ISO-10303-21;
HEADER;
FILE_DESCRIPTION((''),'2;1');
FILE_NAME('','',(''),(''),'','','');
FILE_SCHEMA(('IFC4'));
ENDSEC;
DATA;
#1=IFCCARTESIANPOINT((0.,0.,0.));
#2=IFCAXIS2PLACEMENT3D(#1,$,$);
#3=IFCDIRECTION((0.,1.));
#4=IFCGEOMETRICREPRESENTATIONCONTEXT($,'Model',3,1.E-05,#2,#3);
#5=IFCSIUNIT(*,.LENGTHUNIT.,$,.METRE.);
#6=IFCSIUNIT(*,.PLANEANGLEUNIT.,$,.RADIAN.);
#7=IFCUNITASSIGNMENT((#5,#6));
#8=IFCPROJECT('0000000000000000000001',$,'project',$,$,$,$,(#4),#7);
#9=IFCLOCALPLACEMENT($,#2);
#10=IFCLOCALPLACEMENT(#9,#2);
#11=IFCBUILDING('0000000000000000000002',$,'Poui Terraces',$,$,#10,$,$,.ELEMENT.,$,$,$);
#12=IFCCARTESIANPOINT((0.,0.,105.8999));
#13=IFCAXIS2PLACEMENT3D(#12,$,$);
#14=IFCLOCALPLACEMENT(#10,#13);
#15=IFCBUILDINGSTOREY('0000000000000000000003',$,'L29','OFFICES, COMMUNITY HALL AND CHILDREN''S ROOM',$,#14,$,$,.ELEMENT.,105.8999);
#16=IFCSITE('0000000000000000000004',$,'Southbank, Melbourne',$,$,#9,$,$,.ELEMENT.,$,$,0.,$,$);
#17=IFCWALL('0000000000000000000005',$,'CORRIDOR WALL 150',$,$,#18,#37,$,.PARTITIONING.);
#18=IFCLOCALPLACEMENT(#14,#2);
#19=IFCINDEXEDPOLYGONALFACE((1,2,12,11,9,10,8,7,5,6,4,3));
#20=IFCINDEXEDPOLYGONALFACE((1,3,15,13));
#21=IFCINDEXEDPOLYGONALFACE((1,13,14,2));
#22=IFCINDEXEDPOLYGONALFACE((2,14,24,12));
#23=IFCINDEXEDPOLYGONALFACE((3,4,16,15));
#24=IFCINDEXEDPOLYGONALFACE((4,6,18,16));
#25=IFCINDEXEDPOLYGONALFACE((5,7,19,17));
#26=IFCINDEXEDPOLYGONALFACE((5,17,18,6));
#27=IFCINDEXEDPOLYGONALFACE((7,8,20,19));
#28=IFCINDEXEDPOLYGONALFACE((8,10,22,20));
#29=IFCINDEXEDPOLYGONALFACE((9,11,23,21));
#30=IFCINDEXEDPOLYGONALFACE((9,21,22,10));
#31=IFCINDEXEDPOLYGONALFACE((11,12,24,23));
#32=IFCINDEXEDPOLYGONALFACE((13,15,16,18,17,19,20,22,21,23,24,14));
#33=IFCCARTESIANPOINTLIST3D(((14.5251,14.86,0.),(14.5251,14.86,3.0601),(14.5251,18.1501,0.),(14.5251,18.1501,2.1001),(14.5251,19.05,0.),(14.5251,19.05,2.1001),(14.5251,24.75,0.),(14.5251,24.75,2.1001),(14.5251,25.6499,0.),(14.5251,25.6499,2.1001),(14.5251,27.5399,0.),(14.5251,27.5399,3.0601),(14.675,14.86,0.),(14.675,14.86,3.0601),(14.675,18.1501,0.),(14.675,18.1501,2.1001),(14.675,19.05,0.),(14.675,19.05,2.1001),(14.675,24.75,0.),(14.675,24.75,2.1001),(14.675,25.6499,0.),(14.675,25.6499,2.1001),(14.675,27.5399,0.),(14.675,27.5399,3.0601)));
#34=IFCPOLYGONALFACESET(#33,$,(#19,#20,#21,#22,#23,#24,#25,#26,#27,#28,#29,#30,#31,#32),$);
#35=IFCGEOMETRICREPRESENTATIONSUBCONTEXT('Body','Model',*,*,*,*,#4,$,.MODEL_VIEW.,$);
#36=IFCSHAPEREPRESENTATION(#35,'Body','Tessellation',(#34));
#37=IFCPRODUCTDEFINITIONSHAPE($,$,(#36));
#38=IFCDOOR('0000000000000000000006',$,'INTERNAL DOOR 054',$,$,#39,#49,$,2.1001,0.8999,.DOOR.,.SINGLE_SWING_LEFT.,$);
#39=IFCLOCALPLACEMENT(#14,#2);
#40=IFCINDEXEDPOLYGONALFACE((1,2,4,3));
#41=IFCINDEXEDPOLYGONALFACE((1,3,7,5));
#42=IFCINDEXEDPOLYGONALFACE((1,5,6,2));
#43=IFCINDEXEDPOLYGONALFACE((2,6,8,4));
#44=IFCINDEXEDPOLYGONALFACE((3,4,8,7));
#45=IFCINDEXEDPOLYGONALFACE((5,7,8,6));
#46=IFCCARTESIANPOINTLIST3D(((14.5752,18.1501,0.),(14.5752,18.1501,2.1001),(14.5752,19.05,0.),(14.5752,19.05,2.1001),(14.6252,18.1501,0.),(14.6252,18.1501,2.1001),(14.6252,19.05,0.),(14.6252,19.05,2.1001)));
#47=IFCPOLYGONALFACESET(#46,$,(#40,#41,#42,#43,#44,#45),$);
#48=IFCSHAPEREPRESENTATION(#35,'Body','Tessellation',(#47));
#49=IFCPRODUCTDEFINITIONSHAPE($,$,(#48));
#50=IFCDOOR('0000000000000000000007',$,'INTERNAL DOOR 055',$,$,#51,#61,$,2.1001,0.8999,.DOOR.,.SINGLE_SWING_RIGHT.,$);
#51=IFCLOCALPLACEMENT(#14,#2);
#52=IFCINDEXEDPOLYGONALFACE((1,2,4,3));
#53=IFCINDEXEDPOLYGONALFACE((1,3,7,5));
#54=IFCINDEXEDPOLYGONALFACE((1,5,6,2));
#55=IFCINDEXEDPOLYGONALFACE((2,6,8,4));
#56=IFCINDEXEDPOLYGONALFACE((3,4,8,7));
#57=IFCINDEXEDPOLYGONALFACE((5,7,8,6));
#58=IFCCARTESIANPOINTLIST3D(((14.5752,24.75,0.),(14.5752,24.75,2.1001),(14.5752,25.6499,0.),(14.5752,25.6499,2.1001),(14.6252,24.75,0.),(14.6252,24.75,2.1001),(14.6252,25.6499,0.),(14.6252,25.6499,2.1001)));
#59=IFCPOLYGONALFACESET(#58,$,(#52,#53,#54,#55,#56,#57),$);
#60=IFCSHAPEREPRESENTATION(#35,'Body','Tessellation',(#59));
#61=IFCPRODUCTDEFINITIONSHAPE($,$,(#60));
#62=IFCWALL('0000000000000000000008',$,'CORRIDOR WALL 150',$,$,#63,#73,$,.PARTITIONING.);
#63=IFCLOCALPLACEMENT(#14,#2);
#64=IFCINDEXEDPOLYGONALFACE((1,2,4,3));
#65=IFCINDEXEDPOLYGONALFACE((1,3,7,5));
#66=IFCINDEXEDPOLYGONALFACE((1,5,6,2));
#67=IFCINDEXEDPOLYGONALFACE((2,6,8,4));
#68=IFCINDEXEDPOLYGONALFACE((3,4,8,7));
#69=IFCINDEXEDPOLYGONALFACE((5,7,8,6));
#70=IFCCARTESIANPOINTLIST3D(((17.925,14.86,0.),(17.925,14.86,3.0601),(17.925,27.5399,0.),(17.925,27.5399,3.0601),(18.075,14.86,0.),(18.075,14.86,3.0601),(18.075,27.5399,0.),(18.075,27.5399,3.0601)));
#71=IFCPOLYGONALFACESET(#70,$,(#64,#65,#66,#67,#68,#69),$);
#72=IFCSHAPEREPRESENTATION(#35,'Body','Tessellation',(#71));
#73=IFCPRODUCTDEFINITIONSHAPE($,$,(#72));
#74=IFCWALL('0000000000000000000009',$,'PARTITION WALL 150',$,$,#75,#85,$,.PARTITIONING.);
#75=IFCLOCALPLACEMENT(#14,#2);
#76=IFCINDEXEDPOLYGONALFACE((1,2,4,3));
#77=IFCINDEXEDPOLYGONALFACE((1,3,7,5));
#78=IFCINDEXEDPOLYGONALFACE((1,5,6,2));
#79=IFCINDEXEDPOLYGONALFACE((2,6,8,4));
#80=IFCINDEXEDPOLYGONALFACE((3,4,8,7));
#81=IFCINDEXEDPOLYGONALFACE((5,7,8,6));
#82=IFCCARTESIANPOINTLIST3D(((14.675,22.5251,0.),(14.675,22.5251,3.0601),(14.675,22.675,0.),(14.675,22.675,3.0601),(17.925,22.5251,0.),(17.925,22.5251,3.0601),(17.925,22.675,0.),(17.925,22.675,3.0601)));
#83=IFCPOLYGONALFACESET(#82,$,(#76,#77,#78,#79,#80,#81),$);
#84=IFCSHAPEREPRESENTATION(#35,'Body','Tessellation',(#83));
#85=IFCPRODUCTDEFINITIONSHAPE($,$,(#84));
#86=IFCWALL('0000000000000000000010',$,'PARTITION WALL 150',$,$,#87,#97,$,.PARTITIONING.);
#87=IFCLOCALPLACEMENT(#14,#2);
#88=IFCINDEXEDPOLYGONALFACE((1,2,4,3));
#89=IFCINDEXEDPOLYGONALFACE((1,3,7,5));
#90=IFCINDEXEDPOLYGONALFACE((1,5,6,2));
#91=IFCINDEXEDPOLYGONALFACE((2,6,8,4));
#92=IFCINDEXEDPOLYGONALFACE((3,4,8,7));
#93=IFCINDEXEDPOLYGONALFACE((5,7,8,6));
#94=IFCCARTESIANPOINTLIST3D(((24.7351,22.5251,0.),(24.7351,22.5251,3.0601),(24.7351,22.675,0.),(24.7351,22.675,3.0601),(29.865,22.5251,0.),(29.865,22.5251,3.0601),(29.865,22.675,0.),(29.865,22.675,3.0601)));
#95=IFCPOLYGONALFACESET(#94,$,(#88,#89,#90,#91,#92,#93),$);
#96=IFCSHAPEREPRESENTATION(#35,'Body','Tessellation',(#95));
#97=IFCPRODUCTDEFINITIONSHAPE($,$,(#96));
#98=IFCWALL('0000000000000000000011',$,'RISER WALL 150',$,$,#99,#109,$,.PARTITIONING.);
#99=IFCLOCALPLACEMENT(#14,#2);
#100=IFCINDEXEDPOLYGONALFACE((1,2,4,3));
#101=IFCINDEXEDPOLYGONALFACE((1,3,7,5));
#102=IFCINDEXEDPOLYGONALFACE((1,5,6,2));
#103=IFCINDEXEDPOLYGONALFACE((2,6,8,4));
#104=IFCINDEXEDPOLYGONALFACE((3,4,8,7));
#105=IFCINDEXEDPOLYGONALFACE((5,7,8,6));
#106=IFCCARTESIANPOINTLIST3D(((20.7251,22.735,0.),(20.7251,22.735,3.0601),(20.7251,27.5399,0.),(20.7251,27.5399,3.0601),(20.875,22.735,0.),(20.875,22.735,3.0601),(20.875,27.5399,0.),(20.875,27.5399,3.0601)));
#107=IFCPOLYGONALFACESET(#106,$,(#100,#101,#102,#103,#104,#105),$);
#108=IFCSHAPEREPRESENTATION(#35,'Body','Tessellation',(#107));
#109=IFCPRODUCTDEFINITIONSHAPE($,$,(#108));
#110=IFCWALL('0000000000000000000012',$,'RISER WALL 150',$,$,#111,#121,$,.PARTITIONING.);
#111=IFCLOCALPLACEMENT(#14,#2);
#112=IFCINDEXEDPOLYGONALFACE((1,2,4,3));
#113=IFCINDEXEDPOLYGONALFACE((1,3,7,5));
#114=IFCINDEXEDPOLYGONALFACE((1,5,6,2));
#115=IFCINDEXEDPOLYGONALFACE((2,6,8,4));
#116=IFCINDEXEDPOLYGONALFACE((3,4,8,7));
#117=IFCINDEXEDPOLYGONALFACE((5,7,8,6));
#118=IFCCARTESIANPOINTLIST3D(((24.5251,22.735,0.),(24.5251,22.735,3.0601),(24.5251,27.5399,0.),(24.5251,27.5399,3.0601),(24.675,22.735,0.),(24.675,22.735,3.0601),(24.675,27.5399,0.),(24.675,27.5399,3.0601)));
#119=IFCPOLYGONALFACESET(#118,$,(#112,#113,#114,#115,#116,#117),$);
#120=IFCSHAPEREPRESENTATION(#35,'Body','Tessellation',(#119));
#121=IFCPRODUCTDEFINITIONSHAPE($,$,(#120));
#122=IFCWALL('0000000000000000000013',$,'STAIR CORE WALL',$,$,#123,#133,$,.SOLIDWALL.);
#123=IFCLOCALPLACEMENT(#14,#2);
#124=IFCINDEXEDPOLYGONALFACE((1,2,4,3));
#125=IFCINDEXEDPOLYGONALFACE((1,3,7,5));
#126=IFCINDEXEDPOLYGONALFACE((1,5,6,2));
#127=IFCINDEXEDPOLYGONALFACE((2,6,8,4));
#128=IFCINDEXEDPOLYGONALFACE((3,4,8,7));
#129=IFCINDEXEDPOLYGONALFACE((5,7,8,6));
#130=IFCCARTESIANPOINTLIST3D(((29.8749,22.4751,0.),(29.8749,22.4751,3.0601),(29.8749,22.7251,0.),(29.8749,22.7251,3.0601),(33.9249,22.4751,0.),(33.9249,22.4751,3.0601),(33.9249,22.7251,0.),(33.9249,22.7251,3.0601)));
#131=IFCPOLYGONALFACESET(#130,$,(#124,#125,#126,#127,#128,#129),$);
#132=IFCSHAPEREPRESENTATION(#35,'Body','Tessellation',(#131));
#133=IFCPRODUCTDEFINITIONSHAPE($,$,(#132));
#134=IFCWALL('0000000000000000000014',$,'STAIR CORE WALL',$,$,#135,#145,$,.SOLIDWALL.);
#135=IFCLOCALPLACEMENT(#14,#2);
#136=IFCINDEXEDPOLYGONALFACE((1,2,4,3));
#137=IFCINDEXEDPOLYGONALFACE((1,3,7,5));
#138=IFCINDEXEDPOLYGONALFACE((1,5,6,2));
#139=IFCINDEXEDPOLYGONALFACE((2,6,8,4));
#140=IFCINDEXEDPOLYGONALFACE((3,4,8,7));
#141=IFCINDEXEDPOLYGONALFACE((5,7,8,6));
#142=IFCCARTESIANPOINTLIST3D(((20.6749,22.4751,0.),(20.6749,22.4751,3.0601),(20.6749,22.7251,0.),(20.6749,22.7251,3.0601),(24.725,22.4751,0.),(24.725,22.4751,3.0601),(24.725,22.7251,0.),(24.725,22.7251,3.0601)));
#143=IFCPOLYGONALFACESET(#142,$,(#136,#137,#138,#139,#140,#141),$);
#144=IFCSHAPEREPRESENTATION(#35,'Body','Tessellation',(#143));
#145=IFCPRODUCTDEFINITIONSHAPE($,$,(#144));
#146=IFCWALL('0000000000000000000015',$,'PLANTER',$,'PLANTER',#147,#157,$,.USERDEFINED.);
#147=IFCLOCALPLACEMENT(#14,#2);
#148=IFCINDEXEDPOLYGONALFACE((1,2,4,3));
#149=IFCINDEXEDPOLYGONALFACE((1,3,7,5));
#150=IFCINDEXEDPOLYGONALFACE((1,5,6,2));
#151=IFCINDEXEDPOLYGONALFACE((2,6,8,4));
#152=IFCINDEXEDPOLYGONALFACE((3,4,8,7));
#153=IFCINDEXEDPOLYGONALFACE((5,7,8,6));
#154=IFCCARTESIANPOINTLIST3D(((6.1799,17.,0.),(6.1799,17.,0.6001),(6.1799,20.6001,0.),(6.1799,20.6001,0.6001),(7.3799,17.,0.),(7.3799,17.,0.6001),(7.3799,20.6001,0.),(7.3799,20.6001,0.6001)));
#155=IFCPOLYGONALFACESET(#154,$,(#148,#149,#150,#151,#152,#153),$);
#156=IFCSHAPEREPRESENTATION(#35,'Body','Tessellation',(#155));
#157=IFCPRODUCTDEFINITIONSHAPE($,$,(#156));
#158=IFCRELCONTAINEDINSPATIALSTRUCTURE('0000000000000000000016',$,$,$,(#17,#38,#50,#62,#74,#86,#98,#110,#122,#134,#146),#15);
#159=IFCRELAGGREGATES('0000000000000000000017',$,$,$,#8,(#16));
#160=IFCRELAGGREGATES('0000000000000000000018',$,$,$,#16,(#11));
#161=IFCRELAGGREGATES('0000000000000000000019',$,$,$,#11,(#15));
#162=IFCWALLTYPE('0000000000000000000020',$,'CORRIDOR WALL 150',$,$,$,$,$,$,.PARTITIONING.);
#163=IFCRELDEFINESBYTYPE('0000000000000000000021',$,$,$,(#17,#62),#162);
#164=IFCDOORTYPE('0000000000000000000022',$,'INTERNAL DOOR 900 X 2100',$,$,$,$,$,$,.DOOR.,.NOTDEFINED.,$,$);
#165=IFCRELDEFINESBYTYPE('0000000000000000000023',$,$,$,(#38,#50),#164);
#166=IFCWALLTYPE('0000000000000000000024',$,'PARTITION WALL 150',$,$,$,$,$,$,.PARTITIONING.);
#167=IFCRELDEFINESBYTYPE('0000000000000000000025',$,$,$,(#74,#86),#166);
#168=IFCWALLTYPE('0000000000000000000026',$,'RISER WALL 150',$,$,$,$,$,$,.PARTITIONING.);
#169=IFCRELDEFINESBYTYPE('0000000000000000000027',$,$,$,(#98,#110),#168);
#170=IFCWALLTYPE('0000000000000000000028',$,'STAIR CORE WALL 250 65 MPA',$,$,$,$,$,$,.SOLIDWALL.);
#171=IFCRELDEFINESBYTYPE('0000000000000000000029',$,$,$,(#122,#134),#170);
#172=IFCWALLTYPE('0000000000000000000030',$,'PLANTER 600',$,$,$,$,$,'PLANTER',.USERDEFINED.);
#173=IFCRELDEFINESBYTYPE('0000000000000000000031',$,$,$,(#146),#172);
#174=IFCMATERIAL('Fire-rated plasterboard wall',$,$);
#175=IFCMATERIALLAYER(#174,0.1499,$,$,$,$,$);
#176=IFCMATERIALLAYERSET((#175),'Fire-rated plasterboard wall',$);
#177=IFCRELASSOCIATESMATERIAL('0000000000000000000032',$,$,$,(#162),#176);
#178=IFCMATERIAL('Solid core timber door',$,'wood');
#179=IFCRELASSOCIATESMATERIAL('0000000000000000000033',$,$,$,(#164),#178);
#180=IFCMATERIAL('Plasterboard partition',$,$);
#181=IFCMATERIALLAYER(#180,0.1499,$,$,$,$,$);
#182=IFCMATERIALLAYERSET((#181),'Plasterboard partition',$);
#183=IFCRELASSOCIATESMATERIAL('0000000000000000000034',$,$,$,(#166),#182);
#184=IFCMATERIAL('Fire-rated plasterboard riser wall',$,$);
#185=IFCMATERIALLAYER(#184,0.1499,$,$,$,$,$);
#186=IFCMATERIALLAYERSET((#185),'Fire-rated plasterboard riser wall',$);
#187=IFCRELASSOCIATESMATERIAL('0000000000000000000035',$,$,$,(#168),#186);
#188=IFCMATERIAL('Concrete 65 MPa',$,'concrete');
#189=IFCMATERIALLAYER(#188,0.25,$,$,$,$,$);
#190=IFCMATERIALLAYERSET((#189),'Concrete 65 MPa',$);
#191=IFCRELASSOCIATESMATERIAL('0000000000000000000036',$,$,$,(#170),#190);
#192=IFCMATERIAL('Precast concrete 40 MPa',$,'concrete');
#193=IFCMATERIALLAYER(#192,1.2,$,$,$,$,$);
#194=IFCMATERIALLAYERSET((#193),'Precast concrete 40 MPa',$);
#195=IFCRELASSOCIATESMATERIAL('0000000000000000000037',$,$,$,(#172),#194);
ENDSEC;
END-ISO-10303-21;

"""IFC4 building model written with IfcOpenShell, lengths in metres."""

from ifc_helpers import new_model, si_unit, direction, frame, frame_2d, origin, place, context, subcontext, project, spatial, polyline, rectangle, outline, extrude, source, transform, mapped, material, layer, layer_set, type_object, element, fill, save


model = new_model("IFC4")

# Units and contexts
model_context = context("Model", 3, precision=1e-05, world=origin(), true_north=direction((0.0, 1.0)))
body_context = subcontext(model_context, "Body", "Model", "MODEL_VIEW")
ifc_project = project(units=[si_unit("LENGTHUNIT", "METRE"), si_unit("PLANEANGLEUNIT", "RADIAN")], contexts=[model_context])

# Site, building, storey
site_placement = place(None, origin())
site = spatial("IfcSite", under=ifc_project, at=site_placement, Name="Southbank, Melbourne", CompositionType="ELEMENT", RefElevation=0.0)
building_placement = place(site_placement, origin())
building = spatial("IfcBuilding", under=site, at=building_placement, Name="Poui Terraces", CompositionType="ELEMENT")
storey_placement = place(building_placement, frame((0.0, 0.0, 105.8999)))
storey = spatial("IfcBuildingStorey", under=building, at=storey_placement, Name="L29", Description="OFFICES, COMMUNITY HALL AND CHILDREN'S ROOM", CompositionType="ELEMENT", Elevation=105.8999)

# Wall, openings, doors
ifc_material_1 = material(Name="Fire-rated plasterboard wall")
ifc_layer_1 = layer(ifc_material_1, 0.1499)
ifc_layer_set_1 = layer_set([ifc_layer_1], Name="Fire-rated plasterboard wall")
wall_type_1 = type_object("IfcWallType", Name="CORRIDOR WALL 150", PredefinedType="PARTITIONING", material=ifc_layer_set_1)
wall_1_placement = place(storey_placement, frame((14.6001, 14.8601, 0.0), z_axis=(0.0, 0.0, 1.0), x_axis=(0.0, 1.0, 0.0)))
wall_1 = element("IfcWall", 1, at=wall_1_placement, inside=storey, type_object=wall_type_1, Name="CORRIDOR WALL 150", PredefinedType="PARTITIONING", context=body_context, shape_type="SweptSolid", body=[
    extrude(rectangle(XDim=12.6799, YDim=0.1499, at=frame_2d((6.3398, 0.0))), origin(), (0.0, 0.0, 1.0), 3.0601),
])
opening_1_placement = place(wall_1_placement, frame((3.29, 0.0, 0.0)))
opening_1 = element("IfcOpeningElement", 2, at=opening_1_placement, cuts=wall_1, PredefinedType="OPENING", context=body_context, shape_type="SweptSolid", body=[
    extrude(rectangle(XDim=0.8999, YDim=2.1001, at=frame_2d((0.45, 1.05))), frame((0.0, 0.085, 0.0), z_axis=(0.0, -1.0, 0.0), x_axis=(1.0, 0.0, 0.0)), (0.0, 0.0, 1.0), 0.1699),
])
opening_2_placement = place(wall_1_placement, frame((9.8899, 0.0, 0.0)))
opening_2 = element("IfcOpeningElement", 3, at=opening_2_placement, cuts=wall_1, PredefinedType="OPENING", context=body_context, shape_type="SweptSolid", body=[
    extrude(rectangle(XDim=0.8999, YDim=2.1001, at=frame_2d((0.45, 1.05))), frame((0.0, 0.085, 0.0), z_axis=(0.0, -1.0, 0.0), x_axis=(1.0, 0.0, 0.0)), (0.0, 0.0, 1.0), 0.1699),
])
ifc_material_2 = material(Name="Solid core timber door", Category="wood")
door_type = type_object("IfcDoorType", Name="INTERNAL DOOR 900 X 2100", OperationType="NOTDEFINED", PredefinedType="DOOR", material=ifc_material_2)
door_1_placement = place(opening_1_placement, origin())
door_1 = element("IfcDoor", 4, at=door_1_placement, inside=storey, type_object=door_type, Name="INTERNAL DOOR 054", OperationType="SINGLE_SWING_LEFT", OverallHeight=2.1001, OverallWidth=0.8999, PredefinedType="DOOR", context=body_context, shape_type="SweptSolid", body=[
    extrude(rectangle(XDim=0.8999, YDim=2.1001, at=frame_2d((0.45, 1.05))), frame((0.0, 0.0249, 0.0), z_axis=(0.0, -1.0, 0.0), x_axis=(1.0, 0.0, 0.0)), (0.0, 0.0, 1.0), 0.05),
])
fill(opening_1, door_1)
door_2_placement = place(opening_2_placement, origin())
door_2 = element("IfcDoor", 5, at=door_2_placement, inside=storey, type_object=door_type, Name="INTERNAL DOOR 055", OperationType="SINGLE_SWING_RIGHT", OverallHeight=2.1001, OverallWidth=0.8999, PredefinedType="DOOR", context=body_context, shape_type="SweptSolid", body=[
    extrude(rectangle(XDim=0.8999, YDim=2.1001, at=frame_2d((0.45, 1.05))), frame((0.0, 0.0249, 0.0), z_axis=(0.0, -1.0, 0.0), x_axis=(1.0, 0.0, 0.0)), (0.0, 0.0, 1.0), 0.05),
])
fill(opening_2, door_2)

# Walls
wall_2_placement = place(storey_placement, frame((18.0, 14.8601, 0.0), z_axis=(0.0, 0.0, 1.0), x_axis=(0.0, 1.0, 0.0)))
element("IfcWall", 6, at=wall_2_placement, inside=storey, type_object=wall_type_1, Name="CORRIDOR WALL 150", PredefinedType="PARTITIONING", context=body_context, shape_type="SweptSolid", body=[
    extrude(rectangle(XDim=12.6799, YDim=0.1499, at=frame_2d((6.3398, 0.0))), origin(), (0.0, 0.0, 1.0), 3.0601),
])
ifc_material_3 = material(Name="Plasterboard partition")
ifc_layer_2 = layer(ifc_material_3, 0.1499)
ifc_layer_set_2 = layer_set([ifc_layer_2], Name="Plasterboard partition")
wall_type_2 = type_object("IfcWallType", Name="PARTITION WALL 150", PredefinedType="PARTITIONING", material=ifc_layer_set_2)
wall_3_placement = place(storey_placement, frame((14.675, 22.6001, 0.0), z_axis=(0.0, 0.0, 1.0), x_axis=(1.0, 0.0, 0.0)))
element("IfcWall", 7, at=wall_3_placement, inside=storey, type_object=wall_type_2, Name="PARTITION WALL 150", PredefinedType="PARTITIONING", context=body_context, shape_type="SweptSolid", body=[
    extrude(rectangle(XDim=3.25, YDim=0.1499, at=frame_2d((1.625, 0.0))), origin(), (0.0, 0.0, 1.0), 3.0601),
])
wall_4_placement = place(storey_placement, frame((24.7351, 22.6001, 0.0), z_axis=(0.0, 0.0, 1.0), x_axis=(1.0, 0.0, 0.0)))
element("IfcWall", 8, at=wall_4_placement, inside=storey, type_object=wall_type_2, Name="PARTITION WALL 150", PredefinedType="PARTITIONING", context=body_context, shape_type="SweptSolid", body=[
    extrude(rectangle(XDim=5.1299, YDim=0.1499, at=frame_2d((2.5649, 0.0))), origin(), (0.0, 0.0, 1.0), 3.0601),
])
ifc_material_4 = material(Name="Fire-rated plasterboard riser wall")
ifc_layer_3 = layer(ifc_material_4, 0.1499)
ifc_layer_set_3 = layer_set([ifc_layer_3], Name="Fire-rated plasterboard riser wall")
wall_type_3 = type_object("IfcWallType", Name="RISER WALL 150", PredefinedType="PARTITIONING", material=ifc_layer_set_3)
for number, where, z_axis, x_axis, name in (
    (9, (20.8, 22.7351, 0.0), (0.0, 0.0, 1.0), (0.0, 1.0, 0.0), "RISER WALL 150"),
    (10, (24.6001, 22.7351, 0.0), (0.0, 0.0, 1.0), (0.0, 1.0, 0.0), "RISER WALL 150"),
):
    element("IfcWall", number, at=place(storey_placement, frame(where, z_axis=z_axis, x_axis=x_axis)), inside=storey, type_object=wall_type_3, Name=name, PredefinedType="PARTITIONING", context=body_context, shape_type="SweptSolid", body=[
        extrude(rectangle(XDim=4.8049, YDim=0.1499, at=frame_2d((2.4023, 0.0))), origin(), (0.0, 0.0, 1.0), 3.0601),
    ])
ifc_material_5 = material(Name="Concrete 65 MPa", Category="concrete")
ifc_layer_4 = layer(ifc_material_5, 0.25)
ifc_layer_set_4 = layer_set([ifc_layer_4], Name="Concrete 65 MPa")
wall_type_4 = type_object("IfcWallType", Name="STAIR CORE WALL 250 65 MPA", PredefinedType="SOLIDWALL", material=ifc_layer_set_4)
for number, where, z_axis, x_axis, name in (
    (11, (29.875, 22.6001, 0.0), (0.0, 0.0, 1.0), (1.0, 0.0, 0.0), "STAIR CORE WALL"),
    (12, (20.675, 22.6001, 0.0), (0.0, 0.0, 1.0), (1.0, 0.0, 0.0), "STAIR CORE WALL"),
):
    element("IfcWall", number, at=place(storey_placement, frame(where, z_axis=z_axis, x_axis=x_axis)), inside=storey, type_object=wall_type_4, Name=name, PredefinedType="SOLIDWALL", context=body_context, shape_type="SweptSolid", body=[
        extrude(rectangle(XDim=4.05, YDim=0.25, at=frame_2d((2.0249, 0.0))), origin(), (0.0, 0.0, 1.0), 3.0601),
    ])
ifc_material_6 = material(Name="Precast concrete 40 MPa", Category="concrete")
ifc_layer_5 = layer(ifc_material_6, 1.2)
ifc_layer_set_5 = layer_set([ifc_layer_5], Name="Precast concrete 40 MPa")
wall_type_5 = type_object("IfcWallType", Name="PLANTER 600", ElementType="PLANTER", PredefinedType="USERDEFINED", material=ifc_layer_set_5)
shared_shape = source(origin(), body_context, "Body", "SweptSolid", [
    extrude(outline(polyline([(0.0, 0.0), (1.2, 0.0), (1.2, 3.6001), (0.0, 3.6001), (0.0, 0.0)])), origin(), (0.0, 0.0, 1.0), 0.6001),
])
wall_5_placement = place(storey_placement, frame((6.1799, 17.0, 0.0)))
element("IfcWall", 13, at=wall_5_placement, inside=storey, type_object=wall_type_5, Name="PLANTER", ObjectType="PLANTER", PredefinedType="USERDEFINED", context=body_context, shape_type="MappedRepresentation", body=[
    mapped(shared_shape, transform((0.0, 0.0, 0.0))),
])

save(model, "model.ifc")
